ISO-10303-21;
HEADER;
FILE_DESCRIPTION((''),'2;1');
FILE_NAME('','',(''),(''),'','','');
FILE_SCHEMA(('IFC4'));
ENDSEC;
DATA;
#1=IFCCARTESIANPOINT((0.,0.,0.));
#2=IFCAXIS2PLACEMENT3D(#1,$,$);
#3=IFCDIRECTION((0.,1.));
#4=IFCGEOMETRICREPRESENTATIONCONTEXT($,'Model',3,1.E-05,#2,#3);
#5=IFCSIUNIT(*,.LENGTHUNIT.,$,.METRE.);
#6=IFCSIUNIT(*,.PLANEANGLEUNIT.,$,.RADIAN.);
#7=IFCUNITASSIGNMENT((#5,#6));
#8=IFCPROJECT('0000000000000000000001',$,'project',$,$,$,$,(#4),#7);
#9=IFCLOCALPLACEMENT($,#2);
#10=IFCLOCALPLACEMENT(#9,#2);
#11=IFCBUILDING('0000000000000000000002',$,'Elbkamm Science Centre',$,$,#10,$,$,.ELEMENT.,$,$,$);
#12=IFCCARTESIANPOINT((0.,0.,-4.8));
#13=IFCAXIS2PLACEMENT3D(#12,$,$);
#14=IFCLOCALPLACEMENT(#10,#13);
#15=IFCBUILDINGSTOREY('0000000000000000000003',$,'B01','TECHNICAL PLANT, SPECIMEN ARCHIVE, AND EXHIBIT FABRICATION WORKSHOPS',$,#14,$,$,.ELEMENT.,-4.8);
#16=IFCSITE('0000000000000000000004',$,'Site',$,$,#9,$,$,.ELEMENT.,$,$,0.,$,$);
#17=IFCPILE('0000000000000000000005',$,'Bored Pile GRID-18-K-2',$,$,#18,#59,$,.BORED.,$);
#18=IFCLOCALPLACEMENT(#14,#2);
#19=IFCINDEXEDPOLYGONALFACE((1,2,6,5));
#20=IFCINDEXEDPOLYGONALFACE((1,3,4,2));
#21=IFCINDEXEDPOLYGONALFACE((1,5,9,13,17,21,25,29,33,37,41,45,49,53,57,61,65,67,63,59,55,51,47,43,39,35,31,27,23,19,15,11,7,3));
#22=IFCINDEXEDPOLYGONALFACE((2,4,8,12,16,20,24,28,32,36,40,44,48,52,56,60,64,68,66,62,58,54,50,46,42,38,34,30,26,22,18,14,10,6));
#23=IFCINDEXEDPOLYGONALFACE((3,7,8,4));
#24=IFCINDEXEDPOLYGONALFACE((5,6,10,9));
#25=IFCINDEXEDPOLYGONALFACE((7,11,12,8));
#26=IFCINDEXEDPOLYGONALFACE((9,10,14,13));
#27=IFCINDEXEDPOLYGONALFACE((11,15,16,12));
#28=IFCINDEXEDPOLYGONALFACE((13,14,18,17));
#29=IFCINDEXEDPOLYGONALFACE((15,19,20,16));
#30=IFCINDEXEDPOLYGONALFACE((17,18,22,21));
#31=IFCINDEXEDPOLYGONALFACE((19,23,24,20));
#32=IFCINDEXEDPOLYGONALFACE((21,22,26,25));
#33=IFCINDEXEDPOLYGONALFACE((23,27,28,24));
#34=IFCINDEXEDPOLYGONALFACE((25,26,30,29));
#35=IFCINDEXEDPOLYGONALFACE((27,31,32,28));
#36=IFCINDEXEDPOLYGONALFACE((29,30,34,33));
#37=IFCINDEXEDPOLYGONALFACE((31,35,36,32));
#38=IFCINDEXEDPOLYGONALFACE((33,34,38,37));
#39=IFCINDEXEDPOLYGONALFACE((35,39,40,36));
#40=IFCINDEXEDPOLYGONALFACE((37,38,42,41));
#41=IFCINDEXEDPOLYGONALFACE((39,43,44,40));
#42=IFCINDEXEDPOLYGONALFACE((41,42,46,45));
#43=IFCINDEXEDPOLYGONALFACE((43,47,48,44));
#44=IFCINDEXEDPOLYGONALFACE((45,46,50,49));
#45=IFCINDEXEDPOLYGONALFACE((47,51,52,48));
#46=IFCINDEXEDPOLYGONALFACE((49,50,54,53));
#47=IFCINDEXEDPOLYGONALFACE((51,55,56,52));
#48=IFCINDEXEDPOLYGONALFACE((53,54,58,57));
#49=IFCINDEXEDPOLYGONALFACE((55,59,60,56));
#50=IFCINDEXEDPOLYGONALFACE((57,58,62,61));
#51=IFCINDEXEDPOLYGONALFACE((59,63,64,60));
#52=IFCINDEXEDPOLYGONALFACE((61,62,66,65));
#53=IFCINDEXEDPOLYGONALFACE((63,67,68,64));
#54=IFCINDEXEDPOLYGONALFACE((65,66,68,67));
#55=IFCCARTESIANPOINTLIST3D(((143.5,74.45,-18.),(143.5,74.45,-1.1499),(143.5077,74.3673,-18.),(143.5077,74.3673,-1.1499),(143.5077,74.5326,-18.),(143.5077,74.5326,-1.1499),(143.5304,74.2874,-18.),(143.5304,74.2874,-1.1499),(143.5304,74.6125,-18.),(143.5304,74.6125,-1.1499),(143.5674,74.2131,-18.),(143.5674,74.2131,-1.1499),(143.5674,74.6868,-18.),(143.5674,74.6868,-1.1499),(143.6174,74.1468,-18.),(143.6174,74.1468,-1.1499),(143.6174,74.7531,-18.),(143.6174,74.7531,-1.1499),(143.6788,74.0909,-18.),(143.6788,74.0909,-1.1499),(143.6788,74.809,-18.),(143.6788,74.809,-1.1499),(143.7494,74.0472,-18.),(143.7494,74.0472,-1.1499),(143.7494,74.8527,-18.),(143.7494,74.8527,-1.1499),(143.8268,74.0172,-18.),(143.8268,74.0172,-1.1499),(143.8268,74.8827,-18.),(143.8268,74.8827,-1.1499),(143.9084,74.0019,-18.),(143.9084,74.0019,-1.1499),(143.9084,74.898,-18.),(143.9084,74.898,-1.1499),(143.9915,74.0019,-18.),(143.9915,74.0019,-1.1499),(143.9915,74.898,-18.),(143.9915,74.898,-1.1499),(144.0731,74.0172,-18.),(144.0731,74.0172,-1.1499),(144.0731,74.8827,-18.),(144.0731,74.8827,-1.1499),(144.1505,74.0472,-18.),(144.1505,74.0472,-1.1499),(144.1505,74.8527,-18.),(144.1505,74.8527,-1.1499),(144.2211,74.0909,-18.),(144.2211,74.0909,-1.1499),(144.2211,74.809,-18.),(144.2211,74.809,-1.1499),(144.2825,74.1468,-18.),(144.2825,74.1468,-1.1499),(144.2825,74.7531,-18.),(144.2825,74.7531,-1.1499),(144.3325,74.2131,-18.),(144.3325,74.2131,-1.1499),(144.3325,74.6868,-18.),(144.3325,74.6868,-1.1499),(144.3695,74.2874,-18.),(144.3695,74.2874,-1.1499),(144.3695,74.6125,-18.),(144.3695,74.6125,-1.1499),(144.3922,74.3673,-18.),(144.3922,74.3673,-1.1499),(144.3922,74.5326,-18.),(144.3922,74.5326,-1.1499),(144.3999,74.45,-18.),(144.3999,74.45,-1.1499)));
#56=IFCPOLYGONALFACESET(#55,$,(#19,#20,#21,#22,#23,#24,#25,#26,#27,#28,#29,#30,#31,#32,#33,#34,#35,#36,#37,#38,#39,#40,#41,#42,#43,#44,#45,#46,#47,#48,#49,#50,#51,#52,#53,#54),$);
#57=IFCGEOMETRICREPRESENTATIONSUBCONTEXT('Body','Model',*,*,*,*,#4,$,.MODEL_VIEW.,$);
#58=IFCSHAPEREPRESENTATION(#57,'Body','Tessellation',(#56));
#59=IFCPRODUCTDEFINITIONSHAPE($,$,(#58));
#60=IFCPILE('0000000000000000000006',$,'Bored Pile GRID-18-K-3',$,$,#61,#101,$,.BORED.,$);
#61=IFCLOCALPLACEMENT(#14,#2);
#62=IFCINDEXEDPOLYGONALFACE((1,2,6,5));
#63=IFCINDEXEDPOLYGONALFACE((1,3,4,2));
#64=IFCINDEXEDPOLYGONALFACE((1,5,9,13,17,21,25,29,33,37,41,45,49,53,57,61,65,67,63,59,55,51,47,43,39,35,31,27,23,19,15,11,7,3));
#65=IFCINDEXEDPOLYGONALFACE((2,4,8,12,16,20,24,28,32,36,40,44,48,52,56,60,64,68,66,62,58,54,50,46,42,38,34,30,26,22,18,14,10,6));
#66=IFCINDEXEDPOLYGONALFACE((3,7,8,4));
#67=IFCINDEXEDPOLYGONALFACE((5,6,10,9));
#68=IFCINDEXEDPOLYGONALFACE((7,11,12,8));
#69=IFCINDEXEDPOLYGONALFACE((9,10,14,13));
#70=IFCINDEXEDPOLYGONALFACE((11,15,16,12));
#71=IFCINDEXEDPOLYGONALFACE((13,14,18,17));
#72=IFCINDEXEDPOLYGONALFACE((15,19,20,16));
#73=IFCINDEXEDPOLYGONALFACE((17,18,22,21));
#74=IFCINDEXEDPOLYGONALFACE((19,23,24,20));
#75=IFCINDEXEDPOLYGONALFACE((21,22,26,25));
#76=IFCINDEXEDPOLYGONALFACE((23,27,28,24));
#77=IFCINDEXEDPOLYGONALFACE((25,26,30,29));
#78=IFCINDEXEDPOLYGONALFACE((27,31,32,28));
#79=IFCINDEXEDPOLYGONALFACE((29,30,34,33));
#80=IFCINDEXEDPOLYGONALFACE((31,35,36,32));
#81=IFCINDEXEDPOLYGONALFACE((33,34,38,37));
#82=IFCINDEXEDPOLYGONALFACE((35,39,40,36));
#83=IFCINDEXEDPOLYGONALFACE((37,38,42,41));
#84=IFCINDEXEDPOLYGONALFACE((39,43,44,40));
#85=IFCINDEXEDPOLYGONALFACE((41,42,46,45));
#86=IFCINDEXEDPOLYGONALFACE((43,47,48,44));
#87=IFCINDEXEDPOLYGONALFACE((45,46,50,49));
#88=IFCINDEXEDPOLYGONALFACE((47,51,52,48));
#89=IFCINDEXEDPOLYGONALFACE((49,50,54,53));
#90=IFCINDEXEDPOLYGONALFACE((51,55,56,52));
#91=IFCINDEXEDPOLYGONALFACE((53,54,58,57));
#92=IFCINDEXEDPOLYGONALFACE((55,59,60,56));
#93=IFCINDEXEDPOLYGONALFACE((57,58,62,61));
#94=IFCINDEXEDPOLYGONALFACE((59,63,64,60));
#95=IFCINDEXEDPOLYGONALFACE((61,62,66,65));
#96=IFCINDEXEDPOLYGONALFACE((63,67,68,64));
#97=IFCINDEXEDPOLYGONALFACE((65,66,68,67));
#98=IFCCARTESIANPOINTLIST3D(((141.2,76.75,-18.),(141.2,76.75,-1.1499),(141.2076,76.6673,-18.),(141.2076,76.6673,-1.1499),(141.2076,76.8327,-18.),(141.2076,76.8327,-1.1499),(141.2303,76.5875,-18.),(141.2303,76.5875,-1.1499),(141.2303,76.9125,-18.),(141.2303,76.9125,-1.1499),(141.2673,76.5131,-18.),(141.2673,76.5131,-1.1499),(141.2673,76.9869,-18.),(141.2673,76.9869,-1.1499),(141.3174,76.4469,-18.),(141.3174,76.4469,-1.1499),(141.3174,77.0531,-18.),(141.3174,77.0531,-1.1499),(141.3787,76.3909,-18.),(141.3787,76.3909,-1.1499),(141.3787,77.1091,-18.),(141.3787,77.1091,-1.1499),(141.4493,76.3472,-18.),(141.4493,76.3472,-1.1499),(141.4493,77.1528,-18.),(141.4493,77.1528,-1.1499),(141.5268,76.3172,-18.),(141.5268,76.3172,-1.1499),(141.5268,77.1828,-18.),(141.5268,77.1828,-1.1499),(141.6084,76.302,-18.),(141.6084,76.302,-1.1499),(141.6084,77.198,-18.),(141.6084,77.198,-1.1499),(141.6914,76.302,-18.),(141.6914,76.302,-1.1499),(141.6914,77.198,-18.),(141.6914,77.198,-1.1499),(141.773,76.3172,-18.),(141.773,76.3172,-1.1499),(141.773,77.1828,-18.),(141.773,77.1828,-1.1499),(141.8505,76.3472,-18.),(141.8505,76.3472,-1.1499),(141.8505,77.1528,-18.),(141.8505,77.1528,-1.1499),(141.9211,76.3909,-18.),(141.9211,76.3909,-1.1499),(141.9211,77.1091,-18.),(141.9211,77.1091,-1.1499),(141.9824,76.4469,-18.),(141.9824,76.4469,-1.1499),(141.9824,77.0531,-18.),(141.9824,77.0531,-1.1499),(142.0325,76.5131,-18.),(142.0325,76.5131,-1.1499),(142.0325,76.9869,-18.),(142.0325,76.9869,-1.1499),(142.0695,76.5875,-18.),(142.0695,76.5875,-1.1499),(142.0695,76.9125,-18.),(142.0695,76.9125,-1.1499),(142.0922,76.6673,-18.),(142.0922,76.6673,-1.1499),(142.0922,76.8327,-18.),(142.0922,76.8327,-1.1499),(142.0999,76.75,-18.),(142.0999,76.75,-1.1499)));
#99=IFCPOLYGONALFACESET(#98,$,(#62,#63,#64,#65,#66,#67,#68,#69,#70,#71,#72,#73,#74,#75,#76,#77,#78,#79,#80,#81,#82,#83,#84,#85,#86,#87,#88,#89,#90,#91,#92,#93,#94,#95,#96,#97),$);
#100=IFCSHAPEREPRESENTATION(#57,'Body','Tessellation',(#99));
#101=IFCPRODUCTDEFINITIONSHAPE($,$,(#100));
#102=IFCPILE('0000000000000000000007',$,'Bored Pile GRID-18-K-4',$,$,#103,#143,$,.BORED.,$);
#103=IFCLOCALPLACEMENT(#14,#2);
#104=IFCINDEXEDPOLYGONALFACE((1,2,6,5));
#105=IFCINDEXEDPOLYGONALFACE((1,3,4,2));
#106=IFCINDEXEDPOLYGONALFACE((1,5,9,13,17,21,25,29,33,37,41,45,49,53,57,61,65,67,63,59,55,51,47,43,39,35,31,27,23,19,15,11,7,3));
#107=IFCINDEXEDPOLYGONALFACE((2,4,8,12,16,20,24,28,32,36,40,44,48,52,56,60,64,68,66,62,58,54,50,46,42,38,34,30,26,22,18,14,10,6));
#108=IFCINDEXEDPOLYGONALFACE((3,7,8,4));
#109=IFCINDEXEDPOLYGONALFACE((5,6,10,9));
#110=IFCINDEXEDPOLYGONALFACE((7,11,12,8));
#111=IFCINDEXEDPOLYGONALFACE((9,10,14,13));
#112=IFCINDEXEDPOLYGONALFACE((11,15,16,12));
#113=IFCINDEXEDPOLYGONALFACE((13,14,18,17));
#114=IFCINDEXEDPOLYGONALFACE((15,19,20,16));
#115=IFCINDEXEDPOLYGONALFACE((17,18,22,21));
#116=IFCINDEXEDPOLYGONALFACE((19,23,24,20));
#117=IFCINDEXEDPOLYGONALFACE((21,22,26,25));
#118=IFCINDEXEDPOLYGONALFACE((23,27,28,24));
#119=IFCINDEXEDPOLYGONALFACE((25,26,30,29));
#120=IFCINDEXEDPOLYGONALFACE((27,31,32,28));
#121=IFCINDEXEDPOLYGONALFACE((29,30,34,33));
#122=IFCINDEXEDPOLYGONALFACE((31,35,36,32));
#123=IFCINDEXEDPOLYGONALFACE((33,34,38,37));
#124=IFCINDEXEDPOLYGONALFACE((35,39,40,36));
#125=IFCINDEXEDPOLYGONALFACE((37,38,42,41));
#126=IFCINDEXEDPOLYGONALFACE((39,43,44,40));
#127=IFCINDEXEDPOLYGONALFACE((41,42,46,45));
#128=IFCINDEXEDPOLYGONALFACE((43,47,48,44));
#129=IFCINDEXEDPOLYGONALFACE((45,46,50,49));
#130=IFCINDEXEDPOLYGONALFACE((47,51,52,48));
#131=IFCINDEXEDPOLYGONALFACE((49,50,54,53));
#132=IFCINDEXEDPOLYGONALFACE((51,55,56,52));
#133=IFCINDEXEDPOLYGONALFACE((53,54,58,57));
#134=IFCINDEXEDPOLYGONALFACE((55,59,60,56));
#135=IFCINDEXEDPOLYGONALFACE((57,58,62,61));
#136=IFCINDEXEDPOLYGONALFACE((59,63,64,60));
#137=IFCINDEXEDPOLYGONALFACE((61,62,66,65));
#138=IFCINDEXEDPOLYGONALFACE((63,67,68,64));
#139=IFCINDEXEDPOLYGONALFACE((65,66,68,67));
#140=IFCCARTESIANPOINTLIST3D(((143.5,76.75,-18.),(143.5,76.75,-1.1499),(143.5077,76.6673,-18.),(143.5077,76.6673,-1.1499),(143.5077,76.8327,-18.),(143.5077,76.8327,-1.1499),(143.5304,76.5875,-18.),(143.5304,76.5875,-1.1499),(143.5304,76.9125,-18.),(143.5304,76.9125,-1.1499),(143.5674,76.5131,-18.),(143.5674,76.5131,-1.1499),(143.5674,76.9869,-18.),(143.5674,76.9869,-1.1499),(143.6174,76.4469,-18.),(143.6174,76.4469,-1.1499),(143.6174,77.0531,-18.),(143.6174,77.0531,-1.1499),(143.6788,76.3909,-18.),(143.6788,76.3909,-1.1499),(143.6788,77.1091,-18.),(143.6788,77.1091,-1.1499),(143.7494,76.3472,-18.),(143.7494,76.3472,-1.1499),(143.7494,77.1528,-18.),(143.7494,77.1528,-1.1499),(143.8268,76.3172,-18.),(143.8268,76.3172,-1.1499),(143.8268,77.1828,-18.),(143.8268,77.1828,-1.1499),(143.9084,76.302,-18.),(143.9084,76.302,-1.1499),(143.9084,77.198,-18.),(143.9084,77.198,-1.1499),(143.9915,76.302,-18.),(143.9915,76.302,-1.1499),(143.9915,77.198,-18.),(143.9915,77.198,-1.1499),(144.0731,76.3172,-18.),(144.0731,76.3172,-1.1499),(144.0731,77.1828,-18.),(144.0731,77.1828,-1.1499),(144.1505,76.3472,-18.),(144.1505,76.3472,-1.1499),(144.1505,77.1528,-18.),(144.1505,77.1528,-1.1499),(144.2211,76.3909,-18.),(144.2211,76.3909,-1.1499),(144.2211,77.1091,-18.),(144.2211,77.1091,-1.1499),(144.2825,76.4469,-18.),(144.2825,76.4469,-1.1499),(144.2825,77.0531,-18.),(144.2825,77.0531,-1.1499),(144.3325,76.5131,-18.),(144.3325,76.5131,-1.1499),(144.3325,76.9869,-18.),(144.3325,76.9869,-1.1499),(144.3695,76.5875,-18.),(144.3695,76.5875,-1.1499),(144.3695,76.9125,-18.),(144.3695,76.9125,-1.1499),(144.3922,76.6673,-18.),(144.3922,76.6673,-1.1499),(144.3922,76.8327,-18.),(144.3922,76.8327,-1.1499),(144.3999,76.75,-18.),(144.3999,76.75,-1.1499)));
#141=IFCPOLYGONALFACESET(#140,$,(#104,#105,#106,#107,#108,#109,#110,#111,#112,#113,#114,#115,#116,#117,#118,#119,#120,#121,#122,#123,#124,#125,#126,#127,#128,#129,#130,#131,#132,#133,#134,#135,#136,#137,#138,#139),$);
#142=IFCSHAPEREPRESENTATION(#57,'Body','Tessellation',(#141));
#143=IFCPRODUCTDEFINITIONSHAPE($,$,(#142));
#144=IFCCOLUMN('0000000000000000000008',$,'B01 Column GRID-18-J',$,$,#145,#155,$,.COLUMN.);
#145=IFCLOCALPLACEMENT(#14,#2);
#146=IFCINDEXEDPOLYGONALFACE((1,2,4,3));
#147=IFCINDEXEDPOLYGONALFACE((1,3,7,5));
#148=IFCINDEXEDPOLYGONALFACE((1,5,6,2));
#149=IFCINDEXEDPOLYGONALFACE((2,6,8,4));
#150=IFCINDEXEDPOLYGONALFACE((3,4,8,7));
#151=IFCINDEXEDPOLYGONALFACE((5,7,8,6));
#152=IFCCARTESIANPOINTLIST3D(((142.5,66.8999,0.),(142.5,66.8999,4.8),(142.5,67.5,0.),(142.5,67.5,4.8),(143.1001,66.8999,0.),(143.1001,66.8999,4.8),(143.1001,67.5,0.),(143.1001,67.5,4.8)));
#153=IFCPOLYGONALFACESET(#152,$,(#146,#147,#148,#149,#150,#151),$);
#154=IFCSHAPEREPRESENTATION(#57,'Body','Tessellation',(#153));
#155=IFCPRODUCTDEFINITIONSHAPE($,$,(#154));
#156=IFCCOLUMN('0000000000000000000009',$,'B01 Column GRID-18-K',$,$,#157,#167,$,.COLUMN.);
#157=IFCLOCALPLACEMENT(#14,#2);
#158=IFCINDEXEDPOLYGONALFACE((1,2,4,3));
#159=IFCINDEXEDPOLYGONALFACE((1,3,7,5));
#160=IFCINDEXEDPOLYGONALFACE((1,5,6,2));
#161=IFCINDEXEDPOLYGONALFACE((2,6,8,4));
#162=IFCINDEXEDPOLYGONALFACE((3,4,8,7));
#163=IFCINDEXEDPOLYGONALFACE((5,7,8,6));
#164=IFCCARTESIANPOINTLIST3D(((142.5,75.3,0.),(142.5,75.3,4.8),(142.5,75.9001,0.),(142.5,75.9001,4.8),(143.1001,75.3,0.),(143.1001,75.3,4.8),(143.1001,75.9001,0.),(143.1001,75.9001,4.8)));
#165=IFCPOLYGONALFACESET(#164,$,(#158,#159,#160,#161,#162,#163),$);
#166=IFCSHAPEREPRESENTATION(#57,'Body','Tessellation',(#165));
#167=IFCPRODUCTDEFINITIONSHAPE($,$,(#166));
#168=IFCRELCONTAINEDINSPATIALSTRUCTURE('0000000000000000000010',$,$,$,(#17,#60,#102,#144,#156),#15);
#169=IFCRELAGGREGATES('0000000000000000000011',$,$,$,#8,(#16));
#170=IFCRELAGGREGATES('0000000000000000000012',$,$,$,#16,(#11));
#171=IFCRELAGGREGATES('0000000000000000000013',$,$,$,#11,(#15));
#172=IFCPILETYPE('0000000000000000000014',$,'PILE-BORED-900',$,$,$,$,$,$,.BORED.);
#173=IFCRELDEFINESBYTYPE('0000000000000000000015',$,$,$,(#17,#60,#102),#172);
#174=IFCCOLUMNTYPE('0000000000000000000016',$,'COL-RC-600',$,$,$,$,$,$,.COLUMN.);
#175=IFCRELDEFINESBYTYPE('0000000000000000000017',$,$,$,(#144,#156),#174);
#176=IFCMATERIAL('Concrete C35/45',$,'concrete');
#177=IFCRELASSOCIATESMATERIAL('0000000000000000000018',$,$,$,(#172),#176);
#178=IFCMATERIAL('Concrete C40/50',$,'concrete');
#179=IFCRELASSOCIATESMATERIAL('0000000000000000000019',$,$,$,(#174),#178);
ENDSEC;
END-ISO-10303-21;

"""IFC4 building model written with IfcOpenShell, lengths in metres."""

from ifc_helpers import new_model, si_unit, direction, frame, origin, origin_2d, place, context, subcontext, project, spatial, rectangle, circle, extrude, material, material_profile, profile_set, type_object, element, save


model = new_model("IFC4")

# Units and contexts
model_context = context("Model", 3, precision=1e-05, world=origin(), true_north=direction((0.0, 1.0)))
body_context = subcontext(model_context, "Body", "Model", "MODEL_VIEW")
ifc_project = project(units=[si_unit("LENGTHUNIT", "METRE"), si_unit("PLANEANGLEUNIT", "RADIAN")], contexts=[model_context])

# Site, building, storey
site_placement = place(None, origin())
site = spatial("IfcSite", under=ifc_project, at=site_placement, Name="Site", CompositionType="ELEMENT", RefElevation=0.0)
building_placement = place(site_placement, origin())
building = spatial("IfcBuilding", under=site, at=building_placement, Name="Elbkamm Science Centre", CompositionType="ELEMENT")
storey_placement = place(building_placement, frame((0.0, 0.0, -4.8)))
storey = spatial("IfcBuildingStorey", under=building, at=storey_placement, Name="B01", Description="TECHNICAL PLANT, SPECIMEN ARCHIVE, AND EXHIBIT FABRICATION WORKSHOPS", CompositionType="ELEMENT", Elevation=-4.8)

# Shared definitions
ifc_material_1 = material(Name="Concrete C35/45", Category="concrete")

# Piles
ifc_material_profile_1 = material_profile(ifc_material_1, circle(Radius=0.45, at=origin_2d()), Name="PILE D900")
ifc_profile_set_1 = profile_set([ifc_material_profile_1], Name="Concrete C35/45")
pile_type_1 = type_object("IfcPileType", Name="PILE-BORED-900", PredefinedType="BORED", material=ifc_profile_set_1)
for number, where, z_axis, x_axis, name in (
    (1, (143.95, 74.45, -1.1499), (0.0, 0.0, -1.0), (1.0, 0.0, 0.0), "Bored Pile GRID-18-K-2"),
    (2, (141.6499, 76.75, -1.1499), (0.0, 0.0, -1.0), (1.0, 0.0, 0.0), "Bored Pile GRID-18-K-3"),
    (3, (143.95, 76.75, -1.1499), (0.0, 0.0, -1.0), (1.0, 0.0, 0.0), "Bored Pile GRID-18-K-4"),
):
    element("IfcPile", number, at=place(storey_placement, frame(where, z_axis=z_axis, x_axis=x_axis)), inside=storey, type_object=pile_type_1, Name=name, PredefinedType="BORED", context=body_context, shape_type="SweptSolid", body=[
        extrude(circle(Radius=0.45, at=origin_2d()), origin(), (0.0, 0.0, 1.0), 16.8501),
    ])

# Columns
ifc_material_2 = material(Name="Concrete C40/50", Category="concrete")
ifc_material_profile_2 = material_profile(ifc_material_2, rectangle(XDim=0.6001, YDim=0.6001, at=origin_2d()), Name="RC 600x600")
ifc_profile_set_2 = profile_set([ifc_material_profile_2], Name="Concrete C40/50")
column_type = type_object("IfcColumnType", Name="COL-RC-600", PredefinedType="COLUMN", material=ifc_profile_set_2)
for number, where, z_axis, x_axis, name in (
    (4, (142.8, 67.2, 0.0), (0.0, 0.0, 1.0), (1.0, 0.0, 0.0), "B01 Column GRID-18-J"),
    (5, (142.8, 75.6001, 0.0), (0.0, 0.0, 1.0), (1.0, 0.0, 0.0), "B01 Column GRID-18-K"),
):
    element("IfcColumn", number, at=place(storey_placement, frame(where, z_axis=z_axis, x_axis=x_axis)), inside=storey, type_object=column_type, Name=name, PredefinedType="COLUMN", context=body_context, shape_type="SweptSolid", body=[
        extrude(rectangle(XDim=0.6001, YDim=0.6001, at=origin_2d()), origin(), (0.0, 0.0, 1.0), 4.8),
    ])

save(model, "model.ifc")
